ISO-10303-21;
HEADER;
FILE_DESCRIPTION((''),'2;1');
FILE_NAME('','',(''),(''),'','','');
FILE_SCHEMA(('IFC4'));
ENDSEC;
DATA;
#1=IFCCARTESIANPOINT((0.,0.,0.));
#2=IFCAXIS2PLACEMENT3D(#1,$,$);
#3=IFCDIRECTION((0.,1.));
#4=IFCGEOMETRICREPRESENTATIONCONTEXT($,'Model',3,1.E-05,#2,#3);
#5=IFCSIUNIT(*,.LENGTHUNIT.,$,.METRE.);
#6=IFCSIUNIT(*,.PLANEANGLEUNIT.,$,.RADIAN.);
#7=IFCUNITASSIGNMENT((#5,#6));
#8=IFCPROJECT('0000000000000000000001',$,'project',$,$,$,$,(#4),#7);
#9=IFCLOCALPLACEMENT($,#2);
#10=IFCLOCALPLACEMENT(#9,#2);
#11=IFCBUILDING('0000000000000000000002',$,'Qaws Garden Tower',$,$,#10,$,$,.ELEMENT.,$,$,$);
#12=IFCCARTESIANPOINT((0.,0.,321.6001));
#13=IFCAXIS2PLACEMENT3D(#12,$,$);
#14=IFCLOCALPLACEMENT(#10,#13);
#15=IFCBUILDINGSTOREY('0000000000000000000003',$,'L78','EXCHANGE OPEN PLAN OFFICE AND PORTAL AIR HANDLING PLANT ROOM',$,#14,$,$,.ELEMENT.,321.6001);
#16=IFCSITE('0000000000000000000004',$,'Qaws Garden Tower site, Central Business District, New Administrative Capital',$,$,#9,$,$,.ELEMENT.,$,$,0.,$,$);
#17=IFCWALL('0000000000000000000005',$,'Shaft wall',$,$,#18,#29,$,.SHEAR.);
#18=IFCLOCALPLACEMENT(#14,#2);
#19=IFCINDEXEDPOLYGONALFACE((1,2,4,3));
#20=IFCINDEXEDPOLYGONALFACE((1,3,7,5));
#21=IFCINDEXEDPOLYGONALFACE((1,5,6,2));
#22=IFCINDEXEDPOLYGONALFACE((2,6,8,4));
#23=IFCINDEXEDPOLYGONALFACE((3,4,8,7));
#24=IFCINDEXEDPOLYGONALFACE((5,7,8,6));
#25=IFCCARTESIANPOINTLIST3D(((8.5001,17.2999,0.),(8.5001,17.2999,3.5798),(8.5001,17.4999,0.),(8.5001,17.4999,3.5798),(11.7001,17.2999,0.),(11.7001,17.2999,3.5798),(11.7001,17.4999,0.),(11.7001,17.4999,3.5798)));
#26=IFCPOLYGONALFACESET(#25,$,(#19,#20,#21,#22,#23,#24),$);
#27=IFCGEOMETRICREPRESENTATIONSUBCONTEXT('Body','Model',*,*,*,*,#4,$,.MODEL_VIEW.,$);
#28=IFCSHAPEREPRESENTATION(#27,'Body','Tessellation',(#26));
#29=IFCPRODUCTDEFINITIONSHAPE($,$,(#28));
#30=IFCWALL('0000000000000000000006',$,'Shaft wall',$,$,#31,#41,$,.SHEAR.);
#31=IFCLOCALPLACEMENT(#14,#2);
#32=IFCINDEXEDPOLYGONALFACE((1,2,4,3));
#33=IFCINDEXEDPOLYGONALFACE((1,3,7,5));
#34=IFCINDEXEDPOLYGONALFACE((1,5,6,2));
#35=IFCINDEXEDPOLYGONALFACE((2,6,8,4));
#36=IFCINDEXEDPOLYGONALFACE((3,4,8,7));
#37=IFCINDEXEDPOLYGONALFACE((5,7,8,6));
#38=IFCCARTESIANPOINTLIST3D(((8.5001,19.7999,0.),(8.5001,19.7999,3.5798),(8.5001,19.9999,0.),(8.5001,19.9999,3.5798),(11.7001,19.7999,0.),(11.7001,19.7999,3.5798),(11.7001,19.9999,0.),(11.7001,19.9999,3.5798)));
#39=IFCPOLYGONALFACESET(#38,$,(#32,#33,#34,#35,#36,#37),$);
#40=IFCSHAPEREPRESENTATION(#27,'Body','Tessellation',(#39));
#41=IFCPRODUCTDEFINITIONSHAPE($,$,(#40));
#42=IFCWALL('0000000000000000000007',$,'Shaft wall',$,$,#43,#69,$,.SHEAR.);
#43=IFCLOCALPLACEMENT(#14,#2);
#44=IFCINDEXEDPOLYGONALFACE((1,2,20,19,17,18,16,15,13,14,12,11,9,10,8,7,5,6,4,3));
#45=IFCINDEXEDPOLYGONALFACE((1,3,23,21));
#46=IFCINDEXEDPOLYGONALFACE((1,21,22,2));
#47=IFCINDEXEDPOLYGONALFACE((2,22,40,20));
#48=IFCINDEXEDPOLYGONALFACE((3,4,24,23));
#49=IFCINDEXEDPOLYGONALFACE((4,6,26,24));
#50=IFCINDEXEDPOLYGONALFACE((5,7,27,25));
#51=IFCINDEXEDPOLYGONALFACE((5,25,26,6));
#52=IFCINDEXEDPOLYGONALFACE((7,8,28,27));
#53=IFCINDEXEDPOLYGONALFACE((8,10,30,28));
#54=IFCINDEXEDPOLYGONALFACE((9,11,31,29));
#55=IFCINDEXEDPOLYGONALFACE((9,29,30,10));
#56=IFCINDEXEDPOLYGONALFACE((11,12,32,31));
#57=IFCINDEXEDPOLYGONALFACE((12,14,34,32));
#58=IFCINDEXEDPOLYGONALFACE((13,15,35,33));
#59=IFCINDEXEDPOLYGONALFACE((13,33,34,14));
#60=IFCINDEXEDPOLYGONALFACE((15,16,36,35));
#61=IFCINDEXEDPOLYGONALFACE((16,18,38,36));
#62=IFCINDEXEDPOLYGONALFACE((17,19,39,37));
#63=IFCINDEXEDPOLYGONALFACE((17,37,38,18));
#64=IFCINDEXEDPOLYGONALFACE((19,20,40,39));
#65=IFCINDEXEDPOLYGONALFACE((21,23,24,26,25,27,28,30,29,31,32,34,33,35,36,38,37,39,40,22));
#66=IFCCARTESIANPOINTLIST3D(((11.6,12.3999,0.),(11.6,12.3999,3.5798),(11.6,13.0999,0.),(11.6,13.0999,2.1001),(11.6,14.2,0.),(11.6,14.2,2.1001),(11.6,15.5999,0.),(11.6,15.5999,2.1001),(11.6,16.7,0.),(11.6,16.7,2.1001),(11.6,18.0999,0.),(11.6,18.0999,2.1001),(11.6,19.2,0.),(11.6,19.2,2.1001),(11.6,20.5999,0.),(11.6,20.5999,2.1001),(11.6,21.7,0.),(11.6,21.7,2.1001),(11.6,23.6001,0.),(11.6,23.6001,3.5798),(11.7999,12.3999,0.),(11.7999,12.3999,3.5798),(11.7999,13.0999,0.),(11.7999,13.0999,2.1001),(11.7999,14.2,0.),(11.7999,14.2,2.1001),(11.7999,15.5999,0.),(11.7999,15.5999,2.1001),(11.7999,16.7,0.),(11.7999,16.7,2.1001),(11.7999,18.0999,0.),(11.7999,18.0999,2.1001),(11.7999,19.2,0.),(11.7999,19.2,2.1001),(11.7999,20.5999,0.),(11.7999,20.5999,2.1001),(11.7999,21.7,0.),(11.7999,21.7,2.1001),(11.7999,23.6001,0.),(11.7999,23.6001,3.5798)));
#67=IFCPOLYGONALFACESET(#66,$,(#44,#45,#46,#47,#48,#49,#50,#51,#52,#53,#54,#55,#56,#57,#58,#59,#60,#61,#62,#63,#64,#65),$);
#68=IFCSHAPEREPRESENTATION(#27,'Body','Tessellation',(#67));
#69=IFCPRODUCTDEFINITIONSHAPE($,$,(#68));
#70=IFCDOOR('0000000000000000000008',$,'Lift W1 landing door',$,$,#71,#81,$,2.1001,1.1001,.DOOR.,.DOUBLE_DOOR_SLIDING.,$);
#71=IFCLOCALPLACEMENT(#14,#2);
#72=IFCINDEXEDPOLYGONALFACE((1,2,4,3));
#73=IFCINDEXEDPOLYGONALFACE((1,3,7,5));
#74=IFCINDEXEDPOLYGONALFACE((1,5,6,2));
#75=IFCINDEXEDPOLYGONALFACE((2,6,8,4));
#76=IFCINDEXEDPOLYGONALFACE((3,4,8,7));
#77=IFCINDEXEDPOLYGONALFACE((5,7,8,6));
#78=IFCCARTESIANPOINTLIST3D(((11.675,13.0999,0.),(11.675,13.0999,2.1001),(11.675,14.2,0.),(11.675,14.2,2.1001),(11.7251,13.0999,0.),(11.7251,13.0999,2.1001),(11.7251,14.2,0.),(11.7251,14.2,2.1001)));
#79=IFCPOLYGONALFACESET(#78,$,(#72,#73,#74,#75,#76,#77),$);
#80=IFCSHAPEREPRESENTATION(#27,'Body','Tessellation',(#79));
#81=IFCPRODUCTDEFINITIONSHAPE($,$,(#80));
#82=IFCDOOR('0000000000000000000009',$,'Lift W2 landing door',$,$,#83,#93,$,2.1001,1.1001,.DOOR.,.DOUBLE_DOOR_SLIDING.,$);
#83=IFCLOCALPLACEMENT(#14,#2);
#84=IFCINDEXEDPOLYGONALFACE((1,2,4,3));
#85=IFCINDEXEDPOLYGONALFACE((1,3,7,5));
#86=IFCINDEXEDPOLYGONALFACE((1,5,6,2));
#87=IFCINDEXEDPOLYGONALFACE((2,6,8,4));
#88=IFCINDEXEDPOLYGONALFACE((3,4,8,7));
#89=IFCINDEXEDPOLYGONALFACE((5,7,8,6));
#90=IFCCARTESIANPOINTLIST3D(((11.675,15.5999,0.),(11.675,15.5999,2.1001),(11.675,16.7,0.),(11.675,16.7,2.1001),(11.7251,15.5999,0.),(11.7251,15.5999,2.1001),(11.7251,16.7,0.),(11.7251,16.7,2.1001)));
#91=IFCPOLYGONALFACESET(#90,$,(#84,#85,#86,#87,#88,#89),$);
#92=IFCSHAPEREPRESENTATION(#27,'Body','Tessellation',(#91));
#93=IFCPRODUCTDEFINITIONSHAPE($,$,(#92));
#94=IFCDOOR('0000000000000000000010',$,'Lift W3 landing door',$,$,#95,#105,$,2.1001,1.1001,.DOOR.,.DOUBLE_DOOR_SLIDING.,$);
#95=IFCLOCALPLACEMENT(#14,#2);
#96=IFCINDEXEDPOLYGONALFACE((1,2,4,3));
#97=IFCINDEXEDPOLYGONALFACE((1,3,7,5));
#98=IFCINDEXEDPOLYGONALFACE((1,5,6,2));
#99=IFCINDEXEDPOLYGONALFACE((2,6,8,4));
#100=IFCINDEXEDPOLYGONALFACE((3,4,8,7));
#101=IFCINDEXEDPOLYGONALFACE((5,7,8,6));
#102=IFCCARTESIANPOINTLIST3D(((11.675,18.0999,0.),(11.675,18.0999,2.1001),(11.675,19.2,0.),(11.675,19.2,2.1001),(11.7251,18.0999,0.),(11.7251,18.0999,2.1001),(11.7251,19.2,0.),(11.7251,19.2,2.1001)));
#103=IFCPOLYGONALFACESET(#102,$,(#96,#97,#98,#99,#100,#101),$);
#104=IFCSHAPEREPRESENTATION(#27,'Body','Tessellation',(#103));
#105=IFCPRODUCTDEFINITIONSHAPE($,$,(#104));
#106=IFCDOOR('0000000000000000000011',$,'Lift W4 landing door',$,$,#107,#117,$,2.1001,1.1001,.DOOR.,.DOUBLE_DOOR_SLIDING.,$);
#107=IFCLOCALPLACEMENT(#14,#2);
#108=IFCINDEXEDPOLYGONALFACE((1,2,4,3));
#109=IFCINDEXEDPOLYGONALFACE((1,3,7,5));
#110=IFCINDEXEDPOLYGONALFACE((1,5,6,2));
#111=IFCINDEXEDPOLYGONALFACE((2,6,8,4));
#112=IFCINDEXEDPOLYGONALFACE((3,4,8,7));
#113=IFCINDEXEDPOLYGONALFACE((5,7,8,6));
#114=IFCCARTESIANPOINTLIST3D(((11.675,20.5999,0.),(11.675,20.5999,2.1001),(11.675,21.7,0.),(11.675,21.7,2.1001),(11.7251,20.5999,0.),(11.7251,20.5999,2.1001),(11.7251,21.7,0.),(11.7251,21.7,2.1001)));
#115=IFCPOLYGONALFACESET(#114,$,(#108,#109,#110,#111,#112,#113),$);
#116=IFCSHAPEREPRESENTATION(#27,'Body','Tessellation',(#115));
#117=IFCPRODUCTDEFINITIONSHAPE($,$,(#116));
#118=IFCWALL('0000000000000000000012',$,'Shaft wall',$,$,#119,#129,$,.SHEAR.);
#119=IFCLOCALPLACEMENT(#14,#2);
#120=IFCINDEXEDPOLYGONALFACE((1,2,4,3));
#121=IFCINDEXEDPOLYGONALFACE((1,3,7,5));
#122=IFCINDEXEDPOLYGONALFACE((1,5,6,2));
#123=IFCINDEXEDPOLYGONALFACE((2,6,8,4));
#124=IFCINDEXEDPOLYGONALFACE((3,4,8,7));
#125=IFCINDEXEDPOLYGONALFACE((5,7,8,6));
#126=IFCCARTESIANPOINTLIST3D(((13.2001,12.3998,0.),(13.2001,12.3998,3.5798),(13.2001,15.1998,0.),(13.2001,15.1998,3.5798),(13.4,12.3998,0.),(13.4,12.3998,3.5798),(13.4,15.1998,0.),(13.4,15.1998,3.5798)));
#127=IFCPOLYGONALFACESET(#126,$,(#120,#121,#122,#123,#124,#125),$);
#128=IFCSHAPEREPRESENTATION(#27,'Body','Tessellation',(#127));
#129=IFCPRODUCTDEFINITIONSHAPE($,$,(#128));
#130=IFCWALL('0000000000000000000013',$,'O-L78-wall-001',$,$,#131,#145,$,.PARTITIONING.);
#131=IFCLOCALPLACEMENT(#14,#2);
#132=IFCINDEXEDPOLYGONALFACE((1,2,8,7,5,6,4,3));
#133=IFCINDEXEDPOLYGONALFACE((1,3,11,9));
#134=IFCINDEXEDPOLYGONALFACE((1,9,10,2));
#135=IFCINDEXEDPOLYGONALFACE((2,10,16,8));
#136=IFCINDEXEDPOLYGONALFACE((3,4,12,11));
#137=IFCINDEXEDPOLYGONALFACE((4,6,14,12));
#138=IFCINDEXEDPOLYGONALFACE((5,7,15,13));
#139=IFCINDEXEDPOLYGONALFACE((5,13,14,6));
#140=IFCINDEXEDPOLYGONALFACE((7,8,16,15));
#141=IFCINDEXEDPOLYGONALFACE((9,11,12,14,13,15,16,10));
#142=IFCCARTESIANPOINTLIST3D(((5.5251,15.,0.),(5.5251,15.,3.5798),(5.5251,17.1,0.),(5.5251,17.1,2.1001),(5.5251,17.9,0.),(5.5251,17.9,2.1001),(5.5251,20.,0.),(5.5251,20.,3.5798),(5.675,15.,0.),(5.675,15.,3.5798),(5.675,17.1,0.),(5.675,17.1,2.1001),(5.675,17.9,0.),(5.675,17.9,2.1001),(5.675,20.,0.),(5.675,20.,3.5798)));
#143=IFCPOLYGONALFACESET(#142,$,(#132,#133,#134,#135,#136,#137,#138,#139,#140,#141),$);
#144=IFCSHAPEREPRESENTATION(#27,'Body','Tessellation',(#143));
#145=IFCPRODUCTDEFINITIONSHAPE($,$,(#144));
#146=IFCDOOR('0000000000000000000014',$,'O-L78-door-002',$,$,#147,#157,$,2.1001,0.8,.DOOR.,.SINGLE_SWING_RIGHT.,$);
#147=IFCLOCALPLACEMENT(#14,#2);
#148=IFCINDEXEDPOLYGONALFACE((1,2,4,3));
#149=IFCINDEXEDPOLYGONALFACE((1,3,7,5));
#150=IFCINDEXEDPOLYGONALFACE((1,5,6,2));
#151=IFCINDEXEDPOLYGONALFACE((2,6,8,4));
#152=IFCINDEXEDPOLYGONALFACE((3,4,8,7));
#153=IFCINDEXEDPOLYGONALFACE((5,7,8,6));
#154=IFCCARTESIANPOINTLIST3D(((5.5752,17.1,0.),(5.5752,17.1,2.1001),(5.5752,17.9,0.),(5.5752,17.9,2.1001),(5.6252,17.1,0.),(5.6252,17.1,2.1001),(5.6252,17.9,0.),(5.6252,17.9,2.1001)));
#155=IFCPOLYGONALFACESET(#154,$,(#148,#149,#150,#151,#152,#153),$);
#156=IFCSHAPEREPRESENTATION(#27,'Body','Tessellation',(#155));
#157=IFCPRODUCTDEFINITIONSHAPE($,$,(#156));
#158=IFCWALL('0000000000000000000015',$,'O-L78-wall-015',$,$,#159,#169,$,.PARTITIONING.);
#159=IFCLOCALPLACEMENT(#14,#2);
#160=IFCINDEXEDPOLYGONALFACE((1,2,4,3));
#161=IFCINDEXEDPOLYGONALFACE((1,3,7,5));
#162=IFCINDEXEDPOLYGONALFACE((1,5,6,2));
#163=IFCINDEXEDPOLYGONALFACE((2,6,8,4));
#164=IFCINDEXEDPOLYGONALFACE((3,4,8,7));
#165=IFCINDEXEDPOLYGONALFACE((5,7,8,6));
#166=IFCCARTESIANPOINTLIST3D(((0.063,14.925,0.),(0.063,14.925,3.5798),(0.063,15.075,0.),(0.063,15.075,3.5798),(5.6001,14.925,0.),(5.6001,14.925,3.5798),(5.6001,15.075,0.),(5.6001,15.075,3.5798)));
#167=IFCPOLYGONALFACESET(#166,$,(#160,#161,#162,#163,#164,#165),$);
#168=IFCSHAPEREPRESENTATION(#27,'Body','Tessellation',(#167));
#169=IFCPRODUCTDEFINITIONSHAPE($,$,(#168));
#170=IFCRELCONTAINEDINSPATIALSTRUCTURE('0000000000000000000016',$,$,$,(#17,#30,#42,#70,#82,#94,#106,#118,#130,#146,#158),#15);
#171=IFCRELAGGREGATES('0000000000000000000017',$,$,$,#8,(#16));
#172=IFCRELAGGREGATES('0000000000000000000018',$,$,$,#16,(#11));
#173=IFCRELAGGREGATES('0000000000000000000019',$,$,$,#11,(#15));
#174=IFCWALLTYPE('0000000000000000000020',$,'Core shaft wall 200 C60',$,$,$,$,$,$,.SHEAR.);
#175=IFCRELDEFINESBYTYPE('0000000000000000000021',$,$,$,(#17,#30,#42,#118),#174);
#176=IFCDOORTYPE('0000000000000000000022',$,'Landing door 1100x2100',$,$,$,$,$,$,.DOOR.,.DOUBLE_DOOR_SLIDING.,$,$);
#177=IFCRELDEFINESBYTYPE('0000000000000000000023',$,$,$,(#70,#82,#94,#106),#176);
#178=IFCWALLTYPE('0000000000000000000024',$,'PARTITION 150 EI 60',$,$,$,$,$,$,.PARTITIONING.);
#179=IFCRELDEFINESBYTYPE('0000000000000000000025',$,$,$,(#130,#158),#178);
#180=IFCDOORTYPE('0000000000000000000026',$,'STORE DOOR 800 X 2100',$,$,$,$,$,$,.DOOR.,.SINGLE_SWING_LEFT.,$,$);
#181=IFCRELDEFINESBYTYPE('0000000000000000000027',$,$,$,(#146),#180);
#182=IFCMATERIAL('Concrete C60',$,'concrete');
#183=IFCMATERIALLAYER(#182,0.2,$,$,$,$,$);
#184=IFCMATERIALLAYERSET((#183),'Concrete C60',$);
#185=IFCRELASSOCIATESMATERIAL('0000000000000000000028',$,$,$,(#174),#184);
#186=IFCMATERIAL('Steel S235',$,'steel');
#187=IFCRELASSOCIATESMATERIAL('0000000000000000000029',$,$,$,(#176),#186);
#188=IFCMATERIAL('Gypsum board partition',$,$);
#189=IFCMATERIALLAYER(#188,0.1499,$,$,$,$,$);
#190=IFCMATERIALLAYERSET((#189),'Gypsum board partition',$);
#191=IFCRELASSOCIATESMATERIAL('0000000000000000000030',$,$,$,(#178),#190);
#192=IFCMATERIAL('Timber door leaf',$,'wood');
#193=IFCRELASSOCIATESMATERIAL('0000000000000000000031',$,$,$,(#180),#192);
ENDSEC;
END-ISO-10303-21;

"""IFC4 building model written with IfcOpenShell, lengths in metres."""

from ifc_helpers import new_model, si_unit, direction, frame, frame_2d, origin, place, context, subcontext, project, spatial, rectangle, extrude, material, layer, layer_set, type_object, element, fill, save


model = new_model("IFC4")

# Units and contexts
model_context = context("Model", 3, precision=1e-05, world=origin(), true_north=direction((0.0, 1.0)))
body_context = subcontext(model_context, "Body", "Model", "MODEL_VIEW")
ifc_project = project(units=[si_unit("LENGTHUNIT", "METRE"), si_unit("PLANEANGLEUNIT", "RADIAN")], contexts=[model_context])

# Site, building, storey
site_placement = place(None, origin())
site = spatial("IfcSite", under=ifc_project, at=site_placement, Name="Qaws Garden Tower site, Central Business District, New Administrative Capital", CompositionType="ELEMENT", RefElevation=0.0)
building_placement = place(site_placement, origin())
building = spatial("IfcBuilding", under=site, at=building_placement, Name="Qaws Garden Tower", CompositionType="ELEMENT")
storey_placement = place(building_placement, frame((0.0, 0.0, 321.6001)))
storey = spatial("IfcBuildingStorey", under=building, at=storey_placement, Name="L78", Description="EXCHANGE OPEN PLAN OFFICE AND PORTAL AIR HANDLING PLANT ROOM", CompositionType="ELEMENT", Elevation=321.6001)

# Walls
ifc_material_1 = material(Name="Concrete C60", Category="concrete")
ifc_layer_1 = layer(ifc_material_1, 0.2)
ifc_layer_set_1 = layer_set([ifc_layer_1], Name="Concrete C60")
wall_type_1 = type_object("IfcWallType", Name="Core shaft wall 200 C60", PredefinedType="SHEAR", material=ifc_layer_set_1)
for number, where, z_axis, x_axis, name in (
    (1, (8.5, 17.3999, 0.0), (0.0, 0.0, 1.0), (1.0, 0.0, 0.0), "Shaft wall"),
    (2, (8.5, 19.8999, 0.0), (0.0, 0.0, 1.0), (1.0, 0.0, 0.0), "Shaft wall"),
):
    element("IfcWall", number, at=place(storey_placement, frame(where, z_axis=z_axis, x_axis=x_axis)), inside=storey, type_object=wall_type_1, Name=name, PredefinedType="SHEAR", context=body_context, shape_type="SweptSolid", body=[
        extrude(rectangle(XDim=3.2, YDim=0.2, at=frame_2d((1.6001, 0.0))), origin(), (0.0, 0.0, 1.0), 3.5798),
    ])

# Wall, openings, doors
wall_1_placement = place(storey_placement, frame((11.7, 12.3999, 0.0), z_axis=(0.0, 0.0, 1.0), x_axis=(0.0, 1.0, 0.0)))
wall_1 = element("IfcWall", 3, at=wall_1_placement, inside=storey, type_object=wall_type_1, Name="Shaft wall", PredefinedType="SHEAR", context=body_context, shape_type="SweptSolid", body=[
    extrude(rectangle(XDim=11.2002, YDim=0.2, at=frame_2d((5.6001, 0.0))), origin(), (0.0, 0.0, 1.0), 3.5798),
])
opening_1_placement = place(wall_1_placement, frame((0.7, 0.0, 0.0)))
opening_1 = element("IfcOpeningElement", 4, at=opening_1_placement, cuts=wall_1, PredefinedType="OPENING", context=body_context, shape_type="SweptSolid", body=[
    extrude(rectangle(XDim=1.1001, YDim=2.1001, at=frame_2d((0.55, 1.05))), frame((0.0, 0.1099, 0.0), z_axis=(0.0, -1.0, 0.0), x_axis=(1.0, 0.0, 0.0)), (0.0, 0.0, 1.0), 0.22),
])
opening_2_placement = place(wall_1_placement, frame((3.2, 0.0, 0.0)))
opening_2 = element("IfcOpeningElement", 5, at=opening_2_placement, cuts=wall_1, PredefinedType="OPENING", context=body_context, shape_type="SweptSolid", body=[
    extrude(rectangle(XDim=1.1001, YDim=2.1001, at=frame_2d((0.55, 1.05))), frame((0.0, 0.1099, 0.0), z_axis=(0.0, -1.0, 0.0), x_axis=(1.0, 0.0, 0.0)), (0.0, 0.0, 1.0), 0.22),
])
opening_3_placement = place(wall_1_placement, frame((5.7, 0.0, 0.0)))
opening_3 = element("IfcOpeningElement", 6, at=opening_3_placement, cuts=wall_1, PredefinedType="OPENING", context=body_context, shape_type="SweptSolid", body=[
    extrude(rectangle(XDim=1.1001, YDim=2.1001, at=frame_2d((0.55, 1.05))), frame((0.0, 0.1099, 0.0), z_axis=(0.0, -1.0, 0.0), x_axis=(1.0, 0.0, 0.0)), (0.0, 0.0, 1.0), 0.22),
])
opening_4_placement = place(wall_1_placement, frame((8.2, 0.0, 0.0)))
opening_4 = element("IfcOpeningElement", 7, at=opening_4_placement, cuts=wall_1, PredefinedType="OPENING", context=body_context, shape_type="SweptSolid", body=[
    extrude(rectangle(XDim=1.1001, YDim=2.1001, at=frame_2d((0.55, 1.05))), frame((0.0, 0.1099, 0.0), z_axis=(0.0, -1.0, 0.0), x_axis=(1.0, 0.0, 0.0)), (0.0, 0.0, 1.0), 0.22),
])
ifc_material_2 = material(Name="Steel S235", Category="steel")
door_type_1 = type_object("IfcDoorType", Name="Landing door 1100x2100", OperationType="DOUBLE_DOOR_SLIDING", PredefinedType="DOOR", material=ifc_material_2)
door_1_placement = place(opening_1_placement, origin())
door_1 = element("IfcDoor", 8, at=door_1_placement, inside=storey, type_object=door_type_1, Name="Lift W1 landing door", OperationType="DOUBLE_DOOR_SLIDING", OverallHeight=2.1001, OverallWidth=1.1001, PredefinedType="DOOR", context=body_context, shape_type="SweptSolid", body=[
    extrude(rectangle(XDim=1.1001, YDim=2.1001, at=frame_2d((0.55, 1.05))), frame((0.0, 0.0249, 0.0), z_axis=(0.0, -1.0, 0.0), x_axis=(1.0, 0.0, 0.0)), (0.0, 0.0, 1.0), 0.05),
])
fill(opening_1, door_1)
door_2_placement = place(opening_2_placement, origin())
door_2 = element("IfcDoor", 9, at=door_2_placement, inside=storey, type_object=door_type_1, Name="Lift W2 landing door", OperationType="DOUBLE_DOOR_SLIDING", OverallHeight=2.1001, OverallWidth=1.1001, PredefinedType="DOOR", context=body_context, shape_type="SweptSolid", body=[
    extrude(rectangle(XDim=1.1001, YDim=2.1001, at=frame_2d((0.55, 1.05))), frame((0.0, 0.0249, 0.0), z_axis=(0.0, -1.0, 0.0), x_axis=(1.0, 0.0, 0.0)), (0.0, 0.0, 1.0), 0.05),
])
fill(opening_2, door_2)
door_3_placement = place(opening_3_placement, origin())
door_3 = element("IfcDoor", 10, at=door_3_placement, inside=storey, type_object=door_type_1, Name="Lift W3 landing door", OperationType="DOUBLE_DOOR_SLIDING", OverallHeight=2.1001, OverallWidth=1.1001, PredefinedType="DOOR", context=body_context, shape_type="SweptSolid", body=[
    extrude(rectangle(XDim=1.1001, YDim=2.1001, at=frame_2d((0.55, 1.05))), frame((0.0, 0.0249, 0.0), z_axis=(0.0, -1.0, 0.0), x_axis=(1.0, 0.0, 0.0)), (0.0, 0.0, 1.0), 0.05),
])
fill(opening_3, door_3)
door_4_placement = place(opening_4_placement, origin())
door_4 = element("IfcDoor", 11, at=door_4_placement, inside=storey, type_object=door_type_1, Name="Lift W4 landing door", OperationType="DOUBLE_DOOR_SLIDING", OverallHeight=2.1001, OverallWidth=1.1001, PredefinedType="DOOR", context=body_context, shape_type="SweptSolid", body=[
    extrude(rectangle(XDim=1.1001, YDim=2.1001, at=frame_2d((0.55, 1.05))), frame((0.0, 0.0249, 0.0), z_axis=(0.0, -1.0, 0.0), x_axis=(1.0, 0.0, 0.0)), (0.0, 0.0, 1.0), 0.05),
])
fill(opening_4, door_4)

# Wall
wall_2_placement = place(storey_placement, frame((13.3, 12.3999, 0.0), z_axis=(0.0, 0.0, 1.0), x_axis=(0.0, 1.0, 0.0)))
element("IfcWall", 12, at=wall_2_placement, inside=storey, type_object=wall_type_1, Name="Shaft wall", PredefinedType="SHEAR", context=body_context, shape_type="SweptSolid", body=[
    extrude(rectangle(XDim=2.8, YDim=0.2, at=frame_2d((1.3999, 0.0))), origin(), (0.0, 0.0, 1.0), 3.5798),
])

# Wall, opening, door
ifc_material_3 = material(Name="Gypsum board partition")
ifc_layer_2 = layer(ifc_material_3, 0.1499)
ifc_layer_set_2 = layer_set([ifc_layer_2], Name="Gypsum board partition")
wall_type_2 = type_object("IfcWallType", Name="PARTITION 150 EI 60", PredefinedType="PARTITIONING", material=ifc_layer_set_2)
wall_3_placement = place(storey_placement, frame((5.6001, 15.0, 0.0), z_axis=(0.0, 0.0, 1.0), x_axis=(0.0, 1.0, 0.0)))
wall_3 = element("IfcWall", 13, at=wall_3_placement, inside=storey, type_object=wall_type_2, Name="O-L78-wall-001", PredefinedType="PARTITIONING", context=body_context, shape_type="SweptSolid", body=[
    extrude(rectangle(XDim=5.0, YDim=0.1499, at=frame_2d((2.5, 0.0))), origin(), (0.0, 0.0, 1.0), 3.5798),
])
opening_5_placement = place(wall_3_placement, frame((2.1001, 0.0, 0.0)))
opening_5 = element("IfcOpeningElement", 14, at=opening_5_placement, cuts=wall_3, PredefinedType="OPENING", context=body_context, shape_type="SweptSolid", body=[
    extrude(rectangle(XDim=0.8, YDim=2.1001, at=frame_2d((0.3999, 1.05))), frame((0.0, 0.085, 0.0), z_axis=(0.0, -1.0, 0.0), x_axis=(1.0, 0.0, 0.0)), (0.0, 0.0, 1.0), 0.1699),
])
ifc_material_4 = material(Name="Timber door leaf", Category="wood")
door_type_2 = type_object("IfcDoorType", Name="STORE DOOR 800 X 2100", OperationType="SINGLE_SWING_LEFT", PredefinedType="DOOR", material=ifc_material_4)
door_5_placement = place(opening_5_placement, origin())
door_5 = element("IfcDoor", 15, at=door_5_placement, inside=storey, type_object=door_type_2, Name="O-L78-door-002", OperationType="SINGLE_SWING_RIGHT", OverallHeight=2.1001, OverallWidth=0.8, PredefinedType="DOOR", context=body_context, shape_type="SweptSolid", body=[
    extrude(rectangle(XDim=0.8, YDim=2.1001, at=frame_2d((0.3999, 1.05))), frame((0.0, 0.0249, 0.0), z_axis=(0.0, -1.0, 0.0), x_axis=(1.0, 0.0, 0.0)), (0.0, 0.0, 1.0), 0.05),
])
fill(opening_5, door_5)

# Wall
wall_4_placement = place(storey_placement, frame((0.063, 15.0, 0.0), z_axis=(0.0, 0.0, 1.0), x_axis=(1.0, 0.0, 0.0)))
element("IfcWall", 16, at=wall_4_placement, inside=storey, type_object=wall_type_2, Name="O-L78-wall-015", PredefinedType="PARTITIONING", context=body_context, shape_type="SweptSolid", body=[
    extrude(rectangle(XDim=5.5371, YDim=0.1499, at=frame_2d((2.7686, 0.0))), origin(), (0.0, 0.0, 1.0), 3.5798),
])

save(model, "model.ifc")
